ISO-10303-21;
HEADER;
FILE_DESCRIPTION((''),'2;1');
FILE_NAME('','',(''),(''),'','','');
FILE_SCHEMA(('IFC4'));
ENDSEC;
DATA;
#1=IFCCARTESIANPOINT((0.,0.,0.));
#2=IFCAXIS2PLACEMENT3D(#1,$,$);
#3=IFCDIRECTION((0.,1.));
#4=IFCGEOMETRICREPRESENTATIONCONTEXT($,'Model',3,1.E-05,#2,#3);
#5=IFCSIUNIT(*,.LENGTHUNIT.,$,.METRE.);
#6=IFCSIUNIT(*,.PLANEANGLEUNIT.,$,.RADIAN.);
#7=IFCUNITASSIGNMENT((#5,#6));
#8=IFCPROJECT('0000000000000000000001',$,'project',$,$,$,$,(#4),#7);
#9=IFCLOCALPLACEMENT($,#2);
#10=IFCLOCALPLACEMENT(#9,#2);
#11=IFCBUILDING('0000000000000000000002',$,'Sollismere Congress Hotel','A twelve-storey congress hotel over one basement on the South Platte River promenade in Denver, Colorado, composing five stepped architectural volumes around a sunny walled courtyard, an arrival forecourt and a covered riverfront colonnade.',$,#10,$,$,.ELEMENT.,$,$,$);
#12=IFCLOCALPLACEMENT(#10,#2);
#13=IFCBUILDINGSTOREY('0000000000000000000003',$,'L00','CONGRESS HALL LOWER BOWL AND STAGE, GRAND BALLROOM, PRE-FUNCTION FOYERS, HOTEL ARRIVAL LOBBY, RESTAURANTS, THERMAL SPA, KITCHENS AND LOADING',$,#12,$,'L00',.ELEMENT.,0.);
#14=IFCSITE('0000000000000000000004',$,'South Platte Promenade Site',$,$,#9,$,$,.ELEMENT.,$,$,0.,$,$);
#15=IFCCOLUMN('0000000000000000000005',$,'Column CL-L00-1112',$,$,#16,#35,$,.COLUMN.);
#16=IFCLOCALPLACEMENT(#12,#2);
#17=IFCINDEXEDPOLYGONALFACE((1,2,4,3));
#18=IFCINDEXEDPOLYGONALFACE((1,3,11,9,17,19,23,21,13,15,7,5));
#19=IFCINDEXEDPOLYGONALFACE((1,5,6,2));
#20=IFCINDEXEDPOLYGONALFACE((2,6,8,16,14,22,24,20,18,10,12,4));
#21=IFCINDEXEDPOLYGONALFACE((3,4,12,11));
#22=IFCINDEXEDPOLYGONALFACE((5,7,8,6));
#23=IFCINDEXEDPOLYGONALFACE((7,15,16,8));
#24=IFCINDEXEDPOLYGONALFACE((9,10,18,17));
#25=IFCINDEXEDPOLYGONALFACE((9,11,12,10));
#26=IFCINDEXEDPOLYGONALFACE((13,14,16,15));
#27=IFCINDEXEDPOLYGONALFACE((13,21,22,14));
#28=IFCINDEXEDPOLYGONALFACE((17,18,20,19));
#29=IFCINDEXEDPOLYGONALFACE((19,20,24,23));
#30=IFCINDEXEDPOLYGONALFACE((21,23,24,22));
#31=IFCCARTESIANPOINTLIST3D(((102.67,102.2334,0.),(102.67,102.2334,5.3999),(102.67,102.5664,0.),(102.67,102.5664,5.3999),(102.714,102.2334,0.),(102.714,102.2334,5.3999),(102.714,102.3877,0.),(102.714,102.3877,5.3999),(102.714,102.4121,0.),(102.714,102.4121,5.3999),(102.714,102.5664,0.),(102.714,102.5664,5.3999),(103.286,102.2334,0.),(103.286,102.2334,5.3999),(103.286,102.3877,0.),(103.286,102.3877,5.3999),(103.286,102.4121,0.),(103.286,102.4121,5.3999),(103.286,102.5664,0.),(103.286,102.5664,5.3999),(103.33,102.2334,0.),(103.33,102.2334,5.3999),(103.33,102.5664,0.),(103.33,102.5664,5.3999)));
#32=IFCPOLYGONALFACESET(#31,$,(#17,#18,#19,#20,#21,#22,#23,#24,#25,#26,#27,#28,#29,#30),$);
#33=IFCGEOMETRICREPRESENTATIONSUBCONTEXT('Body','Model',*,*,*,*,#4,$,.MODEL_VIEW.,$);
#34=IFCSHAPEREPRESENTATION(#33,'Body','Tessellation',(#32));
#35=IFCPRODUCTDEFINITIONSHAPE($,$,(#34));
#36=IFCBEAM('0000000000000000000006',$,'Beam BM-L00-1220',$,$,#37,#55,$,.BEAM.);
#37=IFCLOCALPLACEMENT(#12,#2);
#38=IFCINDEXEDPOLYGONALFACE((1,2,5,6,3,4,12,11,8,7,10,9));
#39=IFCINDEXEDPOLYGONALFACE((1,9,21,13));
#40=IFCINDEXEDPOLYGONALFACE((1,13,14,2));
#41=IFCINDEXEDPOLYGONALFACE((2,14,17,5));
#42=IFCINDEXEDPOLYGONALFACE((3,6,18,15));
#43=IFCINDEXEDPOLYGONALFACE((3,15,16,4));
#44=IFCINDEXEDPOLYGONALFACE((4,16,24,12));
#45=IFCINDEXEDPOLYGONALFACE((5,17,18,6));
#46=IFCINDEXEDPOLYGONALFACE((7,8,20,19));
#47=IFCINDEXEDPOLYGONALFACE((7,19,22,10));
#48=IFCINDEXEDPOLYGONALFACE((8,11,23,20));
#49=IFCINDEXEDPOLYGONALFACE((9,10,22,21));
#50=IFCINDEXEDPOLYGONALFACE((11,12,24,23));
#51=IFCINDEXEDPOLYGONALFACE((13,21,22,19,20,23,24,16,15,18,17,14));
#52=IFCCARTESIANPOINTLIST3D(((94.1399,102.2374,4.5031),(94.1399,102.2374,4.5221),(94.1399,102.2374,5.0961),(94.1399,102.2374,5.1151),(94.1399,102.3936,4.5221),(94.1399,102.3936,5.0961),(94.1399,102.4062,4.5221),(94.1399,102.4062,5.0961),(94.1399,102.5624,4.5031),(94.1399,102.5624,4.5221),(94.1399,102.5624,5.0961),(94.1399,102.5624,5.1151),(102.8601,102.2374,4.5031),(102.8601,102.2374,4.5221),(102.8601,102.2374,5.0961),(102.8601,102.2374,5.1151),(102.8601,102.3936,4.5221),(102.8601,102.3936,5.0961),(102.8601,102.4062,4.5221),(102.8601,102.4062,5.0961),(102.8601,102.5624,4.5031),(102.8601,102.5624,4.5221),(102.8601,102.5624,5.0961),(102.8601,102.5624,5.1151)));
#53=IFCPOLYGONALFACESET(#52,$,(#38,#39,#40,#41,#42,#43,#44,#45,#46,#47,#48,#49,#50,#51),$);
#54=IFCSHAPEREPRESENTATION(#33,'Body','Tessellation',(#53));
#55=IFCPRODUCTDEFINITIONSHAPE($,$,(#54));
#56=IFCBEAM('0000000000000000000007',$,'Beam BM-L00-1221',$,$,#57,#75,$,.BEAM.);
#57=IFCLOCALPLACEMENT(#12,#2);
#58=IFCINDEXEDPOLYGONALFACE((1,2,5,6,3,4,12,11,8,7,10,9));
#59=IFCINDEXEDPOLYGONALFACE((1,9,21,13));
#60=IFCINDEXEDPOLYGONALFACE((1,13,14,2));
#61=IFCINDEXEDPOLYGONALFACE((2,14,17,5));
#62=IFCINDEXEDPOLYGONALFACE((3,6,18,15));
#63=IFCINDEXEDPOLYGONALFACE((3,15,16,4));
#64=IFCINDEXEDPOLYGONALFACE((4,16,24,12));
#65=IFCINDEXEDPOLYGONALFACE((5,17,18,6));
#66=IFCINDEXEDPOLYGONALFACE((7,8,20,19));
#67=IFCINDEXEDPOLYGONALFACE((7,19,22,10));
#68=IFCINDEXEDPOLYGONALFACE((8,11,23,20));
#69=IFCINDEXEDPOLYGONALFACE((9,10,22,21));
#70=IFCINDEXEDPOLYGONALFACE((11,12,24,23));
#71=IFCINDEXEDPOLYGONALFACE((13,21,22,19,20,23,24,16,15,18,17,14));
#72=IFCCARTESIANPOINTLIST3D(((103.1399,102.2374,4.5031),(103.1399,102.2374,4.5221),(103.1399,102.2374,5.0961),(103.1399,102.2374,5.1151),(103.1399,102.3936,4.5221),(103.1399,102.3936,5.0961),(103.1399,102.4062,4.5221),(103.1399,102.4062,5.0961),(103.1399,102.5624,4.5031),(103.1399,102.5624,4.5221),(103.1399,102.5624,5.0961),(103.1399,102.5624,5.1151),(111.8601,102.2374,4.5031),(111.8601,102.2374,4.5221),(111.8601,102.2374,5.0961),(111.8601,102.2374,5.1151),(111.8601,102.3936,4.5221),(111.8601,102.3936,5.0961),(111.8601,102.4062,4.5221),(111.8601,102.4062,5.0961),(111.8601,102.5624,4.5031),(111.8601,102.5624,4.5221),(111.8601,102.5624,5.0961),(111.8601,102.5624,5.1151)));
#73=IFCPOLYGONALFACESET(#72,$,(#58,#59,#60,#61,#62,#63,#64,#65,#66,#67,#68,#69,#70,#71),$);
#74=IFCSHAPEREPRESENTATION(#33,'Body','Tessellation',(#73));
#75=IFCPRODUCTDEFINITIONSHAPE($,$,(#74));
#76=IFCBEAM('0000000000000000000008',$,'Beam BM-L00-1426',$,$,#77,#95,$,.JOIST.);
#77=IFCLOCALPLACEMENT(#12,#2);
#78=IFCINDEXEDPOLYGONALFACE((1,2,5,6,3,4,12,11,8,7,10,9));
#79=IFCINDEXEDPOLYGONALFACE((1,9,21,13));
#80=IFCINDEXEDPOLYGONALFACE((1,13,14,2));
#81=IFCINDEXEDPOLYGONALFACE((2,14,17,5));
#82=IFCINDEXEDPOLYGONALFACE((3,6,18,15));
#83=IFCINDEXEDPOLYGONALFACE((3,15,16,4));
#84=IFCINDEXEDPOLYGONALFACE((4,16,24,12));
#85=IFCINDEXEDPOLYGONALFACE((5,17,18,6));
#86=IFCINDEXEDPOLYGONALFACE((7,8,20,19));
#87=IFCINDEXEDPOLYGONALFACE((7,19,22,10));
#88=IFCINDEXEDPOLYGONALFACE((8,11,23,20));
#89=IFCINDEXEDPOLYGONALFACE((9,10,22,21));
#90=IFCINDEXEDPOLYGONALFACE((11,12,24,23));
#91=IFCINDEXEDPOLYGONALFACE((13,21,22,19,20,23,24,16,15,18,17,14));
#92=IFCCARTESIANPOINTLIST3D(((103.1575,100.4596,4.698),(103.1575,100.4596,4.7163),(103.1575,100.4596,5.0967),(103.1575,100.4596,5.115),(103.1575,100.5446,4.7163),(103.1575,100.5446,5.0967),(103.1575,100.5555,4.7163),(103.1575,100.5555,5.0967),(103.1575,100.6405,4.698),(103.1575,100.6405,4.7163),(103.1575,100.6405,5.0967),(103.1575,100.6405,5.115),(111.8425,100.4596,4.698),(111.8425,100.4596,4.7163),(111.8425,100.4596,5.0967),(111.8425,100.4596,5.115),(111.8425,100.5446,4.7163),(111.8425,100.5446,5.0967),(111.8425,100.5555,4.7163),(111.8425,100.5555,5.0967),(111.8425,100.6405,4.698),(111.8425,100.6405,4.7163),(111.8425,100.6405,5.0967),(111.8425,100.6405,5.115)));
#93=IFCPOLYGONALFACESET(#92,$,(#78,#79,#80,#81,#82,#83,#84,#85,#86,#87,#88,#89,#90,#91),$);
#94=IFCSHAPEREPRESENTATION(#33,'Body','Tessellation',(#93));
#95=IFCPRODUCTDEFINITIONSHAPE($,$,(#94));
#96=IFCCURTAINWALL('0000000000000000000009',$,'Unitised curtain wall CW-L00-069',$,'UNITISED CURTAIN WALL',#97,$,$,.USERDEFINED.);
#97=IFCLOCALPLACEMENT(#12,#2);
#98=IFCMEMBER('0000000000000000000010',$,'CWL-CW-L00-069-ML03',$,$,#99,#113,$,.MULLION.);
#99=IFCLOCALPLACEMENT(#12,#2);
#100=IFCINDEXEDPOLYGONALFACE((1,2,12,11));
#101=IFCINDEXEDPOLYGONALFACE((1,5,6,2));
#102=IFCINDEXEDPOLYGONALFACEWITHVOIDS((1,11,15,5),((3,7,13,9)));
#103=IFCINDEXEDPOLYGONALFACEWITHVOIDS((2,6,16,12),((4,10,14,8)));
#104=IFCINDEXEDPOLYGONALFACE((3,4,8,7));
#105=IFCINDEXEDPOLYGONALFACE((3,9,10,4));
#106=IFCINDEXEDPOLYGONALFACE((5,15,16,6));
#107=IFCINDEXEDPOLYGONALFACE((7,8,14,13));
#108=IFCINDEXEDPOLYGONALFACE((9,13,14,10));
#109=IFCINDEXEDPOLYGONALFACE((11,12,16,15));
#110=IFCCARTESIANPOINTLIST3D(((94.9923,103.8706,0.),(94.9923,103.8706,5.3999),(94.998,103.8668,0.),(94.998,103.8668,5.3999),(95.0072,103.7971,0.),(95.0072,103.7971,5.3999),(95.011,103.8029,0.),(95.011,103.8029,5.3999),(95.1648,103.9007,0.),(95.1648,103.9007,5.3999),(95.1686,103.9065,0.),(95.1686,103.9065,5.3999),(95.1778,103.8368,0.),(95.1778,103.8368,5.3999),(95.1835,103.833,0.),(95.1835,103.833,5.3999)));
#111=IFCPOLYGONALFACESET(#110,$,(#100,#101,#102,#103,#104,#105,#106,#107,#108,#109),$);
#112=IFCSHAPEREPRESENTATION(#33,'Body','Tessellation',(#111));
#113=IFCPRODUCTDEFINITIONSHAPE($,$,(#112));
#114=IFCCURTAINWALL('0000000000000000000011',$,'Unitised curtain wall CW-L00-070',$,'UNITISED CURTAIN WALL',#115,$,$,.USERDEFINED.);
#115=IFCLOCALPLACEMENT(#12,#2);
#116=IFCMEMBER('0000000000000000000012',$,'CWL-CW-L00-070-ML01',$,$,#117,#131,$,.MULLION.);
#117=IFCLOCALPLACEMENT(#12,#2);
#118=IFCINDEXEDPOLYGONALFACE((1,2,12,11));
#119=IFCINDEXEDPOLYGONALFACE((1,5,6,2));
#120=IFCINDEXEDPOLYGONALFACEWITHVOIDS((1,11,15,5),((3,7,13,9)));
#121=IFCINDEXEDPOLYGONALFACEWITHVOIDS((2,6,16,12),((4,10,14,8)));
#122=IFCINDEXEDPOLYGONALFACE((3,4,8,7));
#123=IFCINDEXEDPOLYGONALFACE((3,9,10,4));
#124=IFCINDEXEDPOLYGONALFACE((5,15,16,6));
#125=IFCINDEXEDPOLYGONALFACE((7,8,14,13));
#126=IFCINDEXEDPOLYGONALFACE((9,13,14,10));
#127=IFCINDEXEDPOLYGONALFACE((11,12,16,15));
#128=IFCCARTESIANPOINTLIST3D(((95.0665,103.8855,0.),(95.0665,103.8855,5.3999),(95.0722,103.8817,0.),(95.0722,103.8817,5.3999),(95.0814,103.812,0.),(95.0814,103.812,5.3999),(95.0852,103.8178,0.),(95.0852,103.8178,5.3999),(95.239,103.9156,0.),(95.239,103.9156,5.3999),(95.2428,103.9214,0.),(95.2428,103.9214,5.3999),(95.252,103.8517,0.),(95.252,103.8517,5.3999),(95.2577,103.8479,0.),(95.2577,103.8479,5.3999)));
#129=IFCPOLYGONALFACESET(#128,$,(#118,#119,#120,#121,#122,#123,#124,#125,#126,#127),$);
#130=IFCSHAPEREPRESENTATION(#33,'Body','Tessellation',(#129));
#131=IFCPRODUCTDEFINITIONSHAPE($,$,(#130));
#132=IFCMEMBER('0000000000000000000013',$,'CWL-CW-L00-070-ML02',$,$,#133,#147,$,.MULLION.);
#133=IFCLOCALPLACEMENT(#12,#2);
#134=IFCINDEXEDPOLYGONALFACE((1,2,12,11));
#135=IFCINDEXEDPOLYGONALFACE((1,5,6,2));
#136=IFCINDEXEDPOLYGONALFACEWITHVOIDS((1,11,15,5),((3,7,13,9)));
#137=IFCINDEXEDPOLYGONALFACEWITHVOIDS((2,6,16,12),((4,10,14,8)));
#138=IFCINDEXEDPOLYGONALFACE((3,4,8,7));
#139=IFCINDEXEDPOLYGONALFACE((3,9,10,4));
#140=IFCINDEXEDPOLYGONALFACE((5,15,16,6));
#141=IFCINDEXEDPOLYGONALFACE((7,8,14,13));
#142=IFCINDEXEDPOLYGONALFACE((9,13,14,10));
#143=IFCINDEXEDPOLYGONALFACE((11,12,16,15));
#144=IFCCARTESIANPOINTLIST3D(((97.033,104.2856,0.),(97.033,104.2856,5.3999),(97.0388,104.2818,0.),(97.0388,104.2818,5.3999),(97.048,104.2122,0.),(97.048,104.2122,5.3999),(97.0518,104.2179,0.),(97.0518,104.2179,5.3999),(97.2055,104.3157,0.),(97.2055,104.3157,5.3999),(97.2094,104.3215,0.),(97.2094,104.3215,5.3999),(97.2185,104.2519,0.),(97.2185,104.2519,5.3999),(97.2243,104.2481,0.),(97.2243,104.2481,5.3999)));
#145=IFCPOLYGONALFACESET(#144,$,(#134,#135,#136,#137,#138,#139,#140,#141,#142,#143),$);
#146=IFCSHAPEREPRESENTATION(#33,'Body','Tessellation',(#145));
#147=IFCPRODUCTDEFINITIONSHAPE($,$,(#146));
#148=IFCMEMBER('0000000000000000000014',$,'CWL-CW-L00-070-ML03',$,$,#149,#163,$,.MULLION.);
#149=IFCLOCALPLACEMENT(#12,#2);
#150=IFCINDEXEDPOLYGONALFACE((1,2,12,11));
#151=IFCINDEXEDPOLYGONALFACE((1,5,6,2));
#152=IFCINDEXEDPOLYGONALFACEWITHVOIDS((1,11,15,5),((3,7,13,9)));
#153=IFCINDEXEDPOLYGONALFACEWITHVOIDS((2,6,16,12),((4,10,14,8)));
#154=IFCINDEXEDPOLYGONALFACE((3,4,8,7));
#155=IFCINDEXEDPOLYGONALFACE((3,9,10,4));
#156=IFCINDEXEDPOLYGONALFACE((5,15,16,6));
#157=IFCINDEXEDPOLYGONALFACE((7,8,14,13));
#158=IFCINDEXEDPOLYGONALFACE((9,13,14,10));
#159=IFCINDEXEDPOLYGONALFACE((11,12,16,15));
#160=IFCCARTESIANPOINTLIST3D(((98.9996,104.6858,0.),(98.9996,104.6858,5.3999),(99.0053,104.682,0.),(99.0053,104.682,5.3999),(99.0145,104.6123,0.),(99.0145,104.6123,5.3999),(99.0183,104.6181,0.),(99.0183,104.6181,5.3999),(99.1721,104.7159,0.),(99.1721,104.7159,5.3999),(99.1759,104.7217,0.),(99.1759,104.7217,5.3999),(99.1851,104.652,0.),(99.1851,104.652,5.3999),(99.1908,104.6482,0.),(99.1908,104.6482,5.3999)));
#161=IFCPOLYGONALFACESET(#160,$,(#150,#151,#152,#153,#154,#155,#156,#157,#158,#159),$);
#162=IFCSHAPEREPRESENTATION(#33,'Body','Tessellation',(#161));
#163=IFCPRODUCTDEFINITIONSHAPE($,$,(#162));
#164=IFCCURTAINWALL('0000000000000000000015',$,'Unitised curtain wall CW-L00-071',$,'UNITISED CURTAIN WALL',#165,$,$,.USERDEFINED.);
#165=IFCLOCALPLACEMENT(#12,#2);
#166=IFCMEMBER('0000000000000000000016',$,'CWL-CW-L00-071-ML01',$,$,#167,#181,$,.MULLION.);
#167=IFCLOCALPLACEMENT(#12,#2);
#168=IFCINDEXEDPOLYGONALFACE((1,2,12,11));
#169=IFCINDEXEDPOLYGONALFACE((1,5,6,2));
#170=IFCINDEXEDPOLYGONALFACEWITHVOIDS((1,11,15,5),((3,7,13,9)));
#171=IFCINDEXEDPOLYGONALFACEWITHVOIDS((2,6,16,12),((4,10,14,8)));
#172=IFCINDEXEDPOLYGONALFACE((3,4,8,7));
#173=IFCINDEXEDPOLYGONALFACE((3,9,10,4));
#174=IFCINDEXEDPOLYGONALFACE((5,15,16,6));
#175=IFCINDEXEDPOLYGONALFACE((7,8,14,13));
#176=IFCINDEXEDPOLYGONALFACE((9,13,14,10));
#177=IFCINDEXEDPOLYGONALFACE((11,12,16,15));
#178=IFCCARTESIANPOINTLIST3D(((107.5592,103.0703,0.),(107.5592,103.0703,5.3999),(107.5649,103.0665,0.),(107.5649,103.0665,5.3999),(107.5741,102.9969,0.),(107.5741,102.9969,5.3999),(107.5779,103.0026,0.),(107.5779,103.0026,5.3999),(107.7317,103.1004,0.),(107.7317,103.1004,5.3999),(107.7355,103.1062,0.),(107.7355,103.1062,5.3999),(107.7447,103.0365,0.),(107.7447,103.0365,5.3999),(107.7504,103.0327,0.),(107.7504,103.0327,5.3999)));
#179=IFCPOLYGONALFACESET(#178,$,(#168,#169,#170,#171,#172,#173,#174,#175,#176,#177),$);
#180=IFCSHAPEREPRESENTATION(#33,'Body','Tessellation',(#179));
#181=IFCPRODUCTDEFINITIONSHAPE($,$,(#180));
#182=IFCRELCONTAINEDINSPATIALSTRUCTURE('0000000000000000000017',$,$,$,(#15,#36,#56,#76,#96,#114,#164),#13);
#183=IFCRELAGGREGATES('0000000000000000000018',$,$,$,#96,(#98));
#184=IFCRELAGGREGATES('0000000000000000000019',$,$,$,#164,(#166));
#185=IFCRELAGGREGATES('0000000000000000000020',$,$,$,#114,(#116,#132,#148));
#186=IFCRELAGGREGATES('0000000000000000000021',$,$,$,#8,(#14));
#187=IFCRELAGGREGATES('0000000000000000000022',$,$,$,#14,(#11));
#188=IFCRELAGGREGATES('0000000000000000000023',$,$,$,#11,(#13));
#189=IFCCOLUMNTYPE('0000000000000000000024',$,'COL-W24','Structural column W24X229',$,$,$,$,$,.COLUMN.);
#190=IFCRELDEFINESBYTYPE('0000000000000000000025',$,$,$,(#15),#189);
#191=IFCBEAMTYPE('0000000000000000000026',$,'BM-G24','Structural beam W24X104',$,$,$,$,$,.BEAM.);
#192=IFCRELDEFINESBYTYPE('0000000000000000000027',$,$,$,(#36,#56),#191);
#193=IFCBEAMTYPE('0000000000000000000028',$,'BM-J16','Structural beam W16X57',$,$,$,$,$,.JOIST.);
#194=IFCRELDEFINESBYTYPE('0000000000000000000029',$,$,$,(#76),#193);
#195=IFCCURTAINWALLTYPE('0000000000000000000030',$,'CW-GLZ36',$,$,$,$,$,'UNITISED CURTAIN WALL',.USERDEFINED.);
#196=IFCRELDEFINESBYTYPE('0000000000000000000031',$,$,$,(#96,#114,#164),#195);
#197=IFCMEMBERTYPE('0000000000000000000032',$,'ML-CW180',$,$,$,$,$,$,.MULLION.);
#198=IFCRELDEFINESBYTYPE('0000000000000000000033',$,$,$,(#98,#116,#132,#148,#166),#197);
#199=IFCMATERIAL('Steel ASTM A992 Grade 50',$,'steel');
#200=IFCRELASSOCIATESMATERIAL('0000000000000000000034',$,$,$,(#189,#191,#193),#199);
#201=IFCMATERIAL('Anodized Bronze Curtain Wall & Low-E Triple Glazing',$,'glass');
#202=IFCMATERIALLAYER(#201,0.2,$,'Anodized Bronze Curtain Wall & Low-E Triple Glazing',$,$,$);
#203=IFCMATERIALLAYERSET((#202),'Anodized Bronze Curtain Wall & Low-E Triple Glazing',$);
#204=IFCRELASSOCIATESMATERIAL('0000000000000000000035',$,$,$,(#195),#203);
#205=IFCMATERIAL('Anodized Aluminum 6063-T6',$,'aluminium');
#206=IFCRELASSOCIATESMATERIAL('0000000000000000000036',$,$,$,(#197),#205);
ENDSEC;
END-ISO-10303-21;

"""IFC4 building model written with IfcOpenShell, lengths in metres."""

from ifc_helpers import new_model, si_unit, direction, frame, origin, origin_2d, place, context, subcontext, project, spatial, hollow_rectangle, i_section, extrude, material, layer, layer_set, material_profile, profile_set, type_object, element, aggregate, save


model = new_model("IFC4")

# Units and contexts
model_context = context("Model", 3, precision=1e-05, world=origin(), true_north=direction((0.0, 1.0)))
body_context = subcontext(model_context, "Body", "Model", "MODEL_VIEW")
ifc_project = project(units=[si_unit("LENGTHUNIT", "METRE"), si_unit("PLANEANGLEUNIT", "RADIAN")], contexts=[model_context])

# Site, building, storey
site_placement = place(None, origin())
site = spatial("IfcSite", under=ifc_project, at=site_placement, Name="South Platte Promenade Site", CompositionType="ELEMENT", RefElevation=0.0)
building_placement = place(site_placement, origin())
building = spatial("IfcBuilding", under=site, at=building_placement, Name="Sollismere Congress Hotel", Description="A twelve-storey congress hotel over one basement on the South Platte River promenade in Denver, Colorado, composing five stepped architectural volumes around a sunny walled courtyard, an arrival forecourt and a covered riverfront colonnade.", CompositionType="ELEMENT")
storey_placement = place(building_placement, origin())
storey = spatial("IfcBuildingStorey", under=building, at=storey_placement, Name="L00", Description="CONGRESS HALL LOWER BOWL AND STAGE, GRAND BALLROOM, PRE-FUNCTION FOYERS, HOTEL ARRIVAL LOBBY, RESTAURANTS, THERMAL SPA, KITCHENS AND LOADING", LongName="L00", CompositionType="ELEMENT", Elevation=0.0)

# Column
ifc_material_1 = material(Name="Steel ASTM A992 Grade 50", Category="steel")
ifc_material_profile_1 = material_profile(ifc_material_1, i_section(OverallWidth=0.333, OverallDepth=0.6599, WebThickness=0.0244, FlangeThickness=0.0439, at=origin_2d()), Name="W24X229")
ifc_profile_set_1 = profile_set([ifc_material_profile_1], Name="Steel ASTM A992 Grade 50")
column_type = type_object("IfcColumnType", Name="COL-W24", Description="Structural column W24X229", PredefinedType="COLUMN", material=ifc_profile_set_1)
column_placement = place(storey_placement, frame((103.0, 102.3999, 0.0), z_axis=(0.0, 0.0, 1.0), x_axis=(0.0, 1.0, 0.0)))
element("IfcColumn", 1, at=column_placement, inside=storey, type_object=column_type, Name="Column CL-L00-1112", PredefinedType="COLUMN", context=body_context, shape_type="SweptSolid", body=[
    extrude(i_section(OverallWidth=0.333, OverallDepth=0.6599, WebThickness=0.0244, FlangeThickness=0.0439, at=origin_2d()), origin(), (0.0, 0.0, 1.0), 5.3999),
])

# Beams
ifc_material_profile_2 = material_profile(ifc_material_1, i_section(OverallWidth=0.325, OverallDepth=0.6121, WebThickness=0.0127, FlangeThickness=0.019, at=origin_2d()), Name="W24X104")
ifc_profile_set_2 = profile_set([ifc_material_profile_2], Name="Steel ASTM A992 Grade 50")
beam_type_1 = type_object("IfcBeamType", Name="BM-G24", Description="Structural beam W24X104", PredefinedType="BEAM", material=ifc_profile_set_2)
for number, where, z_axis, x_axis, name in (
    (2, (94.1399, 102.3999, 4.8091), (1.0, 0.0, 0.0), (0.0, 1.0, 0.0), "Beam BM-L00-1220"),
    (3, (103.1399, 102.3999, 4.8091), (1.0, 0.0, 0.0), (0.0, 1.0, 0.0), "Beam BM-L00-1221"),
):
    element("IfcBeam", number, at=place(storey_placement, frame(where, z_axis=z_axis, x_axis=x_axis)), inside=storey, type_object=beam_type_1, Name=name, PredefinedType="BEAM", context=body_context, shape_type="SweptSolid", body=[
        extrude(i_section(OverallWidth=0.325, OverallDepth=0.6121, WebThickness=0.0127, FlangeThickness=0.019, at=origin_2d()), origin(), (0.0, 0.0, 1.0), 8.7202),
    ])
ifc_material_profile_3 = material_profile(ifc_material_1, i_section(OverallWidth=0.1809, OverallDepth=0.417, WebThickness=0.011, FlangeThickness=0.0183, at=origin_2d()), Name="W16X57")
ifc_profile_set_3 = profile_set([ifc_material_profile_3], Name="Steel ASTM A992 Grade 50")
beam_type_2 = type_object("IfcBeamType", Name="BM-J16", Description="Structural beam W16X57", PredefinedType="JOIST", material=ifc_profile_set_3)
beam_placement = place(storey_placement, frame((103.1575, 100.55, 4.9065), z_axis=(1.0, 0.0, 0.0), x_axis=(0.0, 1.0, 0.0)))
element("IfcBeam", 4, at=beam_placement, inside=storey, type_object=beam_type_2, Name="Beam BM-L00-1426", PredefinedType="JOIST", context=body_context, shape_type="SweptSolid", body=[
    extrude(i_section(OverallWidth=0.1809, OverallDepth=0.417, WebThickness=0.011, FlangeThickness=0.0183, at=origin_2d()), origin(), (0.0, 0.0, 1.0), 8.6851),
])

# Curtain wall, member
ifc_material_2 = material(Name="Anodized Bronze Curtain Wall & Low-E Triple Glazing", Category="glass")
ifc_layer_1 = layer(ifc_material_2, 0.2, Name="Anodized Bronze Curtain Wall & Low-E Triple Glazing")
ifc_layer_set_1 = layer_set([ifc_layer_1], Name="Anodized Bronze Curtain Wall & Low-E Triple Glazing")
curtain_wall_type = type_object("IfcCurtainWallType", Name="CW-GLZ36", ElementType="UNITISED CURTAIN WALL", PredefinedType="USERDEFINED", material=ifc_layer_set_1)
curtain_wall_1_placement = place(storey_placement, origin())
curtain_wall_1 = element("IfcCurtainWall", 5, at=curtain_wall_1_placement, inside=storey, type_object=curtain_wall_type, Name="Unitised curtain wall CW-L00-069", ObjectType="UNITISED CURTAIN WALL", PredefinedType="USERDEFINED")
ifc_material_3 = material(Name="Anodized Aluminum 6063-T6", Category="aluminium")
ifc_material_profile_4 = material_profile(ifc_material_3, hollow_rectangle(XDim=0.075, YDim=0.1799, WallThickness=0.0049, at=origin_2d()), Name="ALU180X75X5")
ifc_profile_set_4 = profile_set([ifc_material_profile_4], Name="Anodized Aluminum 6063-T6")
member_type_1 = type_object("IfcMemberType", Name="ML-CW180", PredefinedType="MULLION", material=ifc_profile_set_4)
member_1_placement = place(storey_placement, frame((95.0879, 103.8518, 0.0), z_axis=(0.0, 0.0, 1.0), x_axis=(-0.199368, 0.979925, 0.0)))
member_1 = element("IfcMember", 6, at=member_1_placement, type_object=member_type_1, Name="CWL-CW-L00-069-ML03", PredefinedType="MULLION", context=body_context, shape_type="SweptSolid", body=[
    extrude(hollow_rectangle(XDim=0.075, YDim=0.1799, WallThickness=0.0049, at=origin_2d()), origin(), (0.0, 0.0, 1.0), 5.3999),
])
aggregate(curtain_wall_1, [member_1])

# Curtain wall, members
curtain_wall_2_placement = place(storey_placement, origin())
curtain_wall_2 = element("IfcCurtainWall", 7, at=curtain_wall_2_placement, inside=storey, type_object=curtain_wall_type, Name="Unitised curtain wall CW-L00-070", ObjectType="UNITISED CURTAIN WALL", PredefinedType="USERDEFINED")
member_2_placement = place(storey_placement, frame((95.1621, 103.8667, 0.0), z_axis=(0.0, 0.0, 1.0), x_axis=(-0.199368, 0.979925, 0.0)))
member_2 = element("IfcMember", 8, at=member_2_placement, type_object=member_type_1, Name="CWL-CW-L00-070-ML01", PredefinedType="MULLION", context=body_context, shape_type="SweptSolid", body=[
    extrude(hollow_rectangle(XDim=0.075, YDim=0.1799, WallThickness=0.0049, at=origin_2d()), origin(), (0.0, 0.0, 1.0), 5.3999),
])
member_3_placement = place(storey_placement, frame((97.1287, 104.2668, 0.0), z_axis=(0.0, 0.0, 1.0), x_axis=(-0.199368, 0.979925, 0.0)))
member_3 = element("IfcMember", 9, at=member_3_placement, type_object=member_type_1, Name="CWL-CW-L00-070-ML02", PredefinedType="MULLION", context=body_context, shape_type="SweptSolid", body=[
    extrude(hollow_rectangle(XDim=0.075, YDim=0.1799, WallThickness=0.0049, at=origin_2d()), origin(), (0.0, 0.0, 1.0), 5.3999),
])
member_4_placement = place(storey_placement, frame((99.0952, 104.667, 0.0), z_axis=(0.0, 0.0, 1.0), x_axis=(-0.199368, 0.979925, 0.0)))
member_4 = element("IfcMember", 10, at=member_4_placement, type_object=member_type_1, Name="CWL-CW-L00-070-ML03", PredefinedType="MULLION", context=body_context, shape_type="SweptSolid", body=[
    extrude(hollow_rectangle(XDim=0.075, YDim=0.1799, WallThickness=0.0049, at=origin_2d()), origin(), (0.0, 0.0, 1.0), 5.3999),
])

# Curtain wall, member
curtain_wall_3_placement = place(storey_placement, origin())
curtain_wall_3 = element("IfcCurtainWall", 11, at=curtain_wall_3_placement, inside=storey, type_object=curtain_wall_type, Name="Unitised curtain wall CW-L00-071", ObjectType="UNITISED CURTAIN WALL", PredefinedType="USERDEFINED")
member_5_placement = place(storey_placement, frame((107.6548, 103.0515, 0.0), z_axis=(0.0, 0.0, 1.0), x_axis=(-0.199368, 0.979925, 0.0)))
member_5 = element("IfcMember", 12, at=member_5_placement, type_object=member_type_1, Name="CWL-CW-L00-071-ML01", PredefinedType="MULLION", context=body_context, shape_type="SweptSolid", body=[
    extrude(hollow_rectangle(XDim=0.075, YDim=0.1799, WallThickness=0.0049, at=origin_2d()), origin(), (0.0, 0.0, 1.0), 5.3999),
])

aggregate(curtain_wall_3, [member_5])
aggregate(curtain_wall_2, [member_2, member_3, member_4])

save(model, "model.ifc")
